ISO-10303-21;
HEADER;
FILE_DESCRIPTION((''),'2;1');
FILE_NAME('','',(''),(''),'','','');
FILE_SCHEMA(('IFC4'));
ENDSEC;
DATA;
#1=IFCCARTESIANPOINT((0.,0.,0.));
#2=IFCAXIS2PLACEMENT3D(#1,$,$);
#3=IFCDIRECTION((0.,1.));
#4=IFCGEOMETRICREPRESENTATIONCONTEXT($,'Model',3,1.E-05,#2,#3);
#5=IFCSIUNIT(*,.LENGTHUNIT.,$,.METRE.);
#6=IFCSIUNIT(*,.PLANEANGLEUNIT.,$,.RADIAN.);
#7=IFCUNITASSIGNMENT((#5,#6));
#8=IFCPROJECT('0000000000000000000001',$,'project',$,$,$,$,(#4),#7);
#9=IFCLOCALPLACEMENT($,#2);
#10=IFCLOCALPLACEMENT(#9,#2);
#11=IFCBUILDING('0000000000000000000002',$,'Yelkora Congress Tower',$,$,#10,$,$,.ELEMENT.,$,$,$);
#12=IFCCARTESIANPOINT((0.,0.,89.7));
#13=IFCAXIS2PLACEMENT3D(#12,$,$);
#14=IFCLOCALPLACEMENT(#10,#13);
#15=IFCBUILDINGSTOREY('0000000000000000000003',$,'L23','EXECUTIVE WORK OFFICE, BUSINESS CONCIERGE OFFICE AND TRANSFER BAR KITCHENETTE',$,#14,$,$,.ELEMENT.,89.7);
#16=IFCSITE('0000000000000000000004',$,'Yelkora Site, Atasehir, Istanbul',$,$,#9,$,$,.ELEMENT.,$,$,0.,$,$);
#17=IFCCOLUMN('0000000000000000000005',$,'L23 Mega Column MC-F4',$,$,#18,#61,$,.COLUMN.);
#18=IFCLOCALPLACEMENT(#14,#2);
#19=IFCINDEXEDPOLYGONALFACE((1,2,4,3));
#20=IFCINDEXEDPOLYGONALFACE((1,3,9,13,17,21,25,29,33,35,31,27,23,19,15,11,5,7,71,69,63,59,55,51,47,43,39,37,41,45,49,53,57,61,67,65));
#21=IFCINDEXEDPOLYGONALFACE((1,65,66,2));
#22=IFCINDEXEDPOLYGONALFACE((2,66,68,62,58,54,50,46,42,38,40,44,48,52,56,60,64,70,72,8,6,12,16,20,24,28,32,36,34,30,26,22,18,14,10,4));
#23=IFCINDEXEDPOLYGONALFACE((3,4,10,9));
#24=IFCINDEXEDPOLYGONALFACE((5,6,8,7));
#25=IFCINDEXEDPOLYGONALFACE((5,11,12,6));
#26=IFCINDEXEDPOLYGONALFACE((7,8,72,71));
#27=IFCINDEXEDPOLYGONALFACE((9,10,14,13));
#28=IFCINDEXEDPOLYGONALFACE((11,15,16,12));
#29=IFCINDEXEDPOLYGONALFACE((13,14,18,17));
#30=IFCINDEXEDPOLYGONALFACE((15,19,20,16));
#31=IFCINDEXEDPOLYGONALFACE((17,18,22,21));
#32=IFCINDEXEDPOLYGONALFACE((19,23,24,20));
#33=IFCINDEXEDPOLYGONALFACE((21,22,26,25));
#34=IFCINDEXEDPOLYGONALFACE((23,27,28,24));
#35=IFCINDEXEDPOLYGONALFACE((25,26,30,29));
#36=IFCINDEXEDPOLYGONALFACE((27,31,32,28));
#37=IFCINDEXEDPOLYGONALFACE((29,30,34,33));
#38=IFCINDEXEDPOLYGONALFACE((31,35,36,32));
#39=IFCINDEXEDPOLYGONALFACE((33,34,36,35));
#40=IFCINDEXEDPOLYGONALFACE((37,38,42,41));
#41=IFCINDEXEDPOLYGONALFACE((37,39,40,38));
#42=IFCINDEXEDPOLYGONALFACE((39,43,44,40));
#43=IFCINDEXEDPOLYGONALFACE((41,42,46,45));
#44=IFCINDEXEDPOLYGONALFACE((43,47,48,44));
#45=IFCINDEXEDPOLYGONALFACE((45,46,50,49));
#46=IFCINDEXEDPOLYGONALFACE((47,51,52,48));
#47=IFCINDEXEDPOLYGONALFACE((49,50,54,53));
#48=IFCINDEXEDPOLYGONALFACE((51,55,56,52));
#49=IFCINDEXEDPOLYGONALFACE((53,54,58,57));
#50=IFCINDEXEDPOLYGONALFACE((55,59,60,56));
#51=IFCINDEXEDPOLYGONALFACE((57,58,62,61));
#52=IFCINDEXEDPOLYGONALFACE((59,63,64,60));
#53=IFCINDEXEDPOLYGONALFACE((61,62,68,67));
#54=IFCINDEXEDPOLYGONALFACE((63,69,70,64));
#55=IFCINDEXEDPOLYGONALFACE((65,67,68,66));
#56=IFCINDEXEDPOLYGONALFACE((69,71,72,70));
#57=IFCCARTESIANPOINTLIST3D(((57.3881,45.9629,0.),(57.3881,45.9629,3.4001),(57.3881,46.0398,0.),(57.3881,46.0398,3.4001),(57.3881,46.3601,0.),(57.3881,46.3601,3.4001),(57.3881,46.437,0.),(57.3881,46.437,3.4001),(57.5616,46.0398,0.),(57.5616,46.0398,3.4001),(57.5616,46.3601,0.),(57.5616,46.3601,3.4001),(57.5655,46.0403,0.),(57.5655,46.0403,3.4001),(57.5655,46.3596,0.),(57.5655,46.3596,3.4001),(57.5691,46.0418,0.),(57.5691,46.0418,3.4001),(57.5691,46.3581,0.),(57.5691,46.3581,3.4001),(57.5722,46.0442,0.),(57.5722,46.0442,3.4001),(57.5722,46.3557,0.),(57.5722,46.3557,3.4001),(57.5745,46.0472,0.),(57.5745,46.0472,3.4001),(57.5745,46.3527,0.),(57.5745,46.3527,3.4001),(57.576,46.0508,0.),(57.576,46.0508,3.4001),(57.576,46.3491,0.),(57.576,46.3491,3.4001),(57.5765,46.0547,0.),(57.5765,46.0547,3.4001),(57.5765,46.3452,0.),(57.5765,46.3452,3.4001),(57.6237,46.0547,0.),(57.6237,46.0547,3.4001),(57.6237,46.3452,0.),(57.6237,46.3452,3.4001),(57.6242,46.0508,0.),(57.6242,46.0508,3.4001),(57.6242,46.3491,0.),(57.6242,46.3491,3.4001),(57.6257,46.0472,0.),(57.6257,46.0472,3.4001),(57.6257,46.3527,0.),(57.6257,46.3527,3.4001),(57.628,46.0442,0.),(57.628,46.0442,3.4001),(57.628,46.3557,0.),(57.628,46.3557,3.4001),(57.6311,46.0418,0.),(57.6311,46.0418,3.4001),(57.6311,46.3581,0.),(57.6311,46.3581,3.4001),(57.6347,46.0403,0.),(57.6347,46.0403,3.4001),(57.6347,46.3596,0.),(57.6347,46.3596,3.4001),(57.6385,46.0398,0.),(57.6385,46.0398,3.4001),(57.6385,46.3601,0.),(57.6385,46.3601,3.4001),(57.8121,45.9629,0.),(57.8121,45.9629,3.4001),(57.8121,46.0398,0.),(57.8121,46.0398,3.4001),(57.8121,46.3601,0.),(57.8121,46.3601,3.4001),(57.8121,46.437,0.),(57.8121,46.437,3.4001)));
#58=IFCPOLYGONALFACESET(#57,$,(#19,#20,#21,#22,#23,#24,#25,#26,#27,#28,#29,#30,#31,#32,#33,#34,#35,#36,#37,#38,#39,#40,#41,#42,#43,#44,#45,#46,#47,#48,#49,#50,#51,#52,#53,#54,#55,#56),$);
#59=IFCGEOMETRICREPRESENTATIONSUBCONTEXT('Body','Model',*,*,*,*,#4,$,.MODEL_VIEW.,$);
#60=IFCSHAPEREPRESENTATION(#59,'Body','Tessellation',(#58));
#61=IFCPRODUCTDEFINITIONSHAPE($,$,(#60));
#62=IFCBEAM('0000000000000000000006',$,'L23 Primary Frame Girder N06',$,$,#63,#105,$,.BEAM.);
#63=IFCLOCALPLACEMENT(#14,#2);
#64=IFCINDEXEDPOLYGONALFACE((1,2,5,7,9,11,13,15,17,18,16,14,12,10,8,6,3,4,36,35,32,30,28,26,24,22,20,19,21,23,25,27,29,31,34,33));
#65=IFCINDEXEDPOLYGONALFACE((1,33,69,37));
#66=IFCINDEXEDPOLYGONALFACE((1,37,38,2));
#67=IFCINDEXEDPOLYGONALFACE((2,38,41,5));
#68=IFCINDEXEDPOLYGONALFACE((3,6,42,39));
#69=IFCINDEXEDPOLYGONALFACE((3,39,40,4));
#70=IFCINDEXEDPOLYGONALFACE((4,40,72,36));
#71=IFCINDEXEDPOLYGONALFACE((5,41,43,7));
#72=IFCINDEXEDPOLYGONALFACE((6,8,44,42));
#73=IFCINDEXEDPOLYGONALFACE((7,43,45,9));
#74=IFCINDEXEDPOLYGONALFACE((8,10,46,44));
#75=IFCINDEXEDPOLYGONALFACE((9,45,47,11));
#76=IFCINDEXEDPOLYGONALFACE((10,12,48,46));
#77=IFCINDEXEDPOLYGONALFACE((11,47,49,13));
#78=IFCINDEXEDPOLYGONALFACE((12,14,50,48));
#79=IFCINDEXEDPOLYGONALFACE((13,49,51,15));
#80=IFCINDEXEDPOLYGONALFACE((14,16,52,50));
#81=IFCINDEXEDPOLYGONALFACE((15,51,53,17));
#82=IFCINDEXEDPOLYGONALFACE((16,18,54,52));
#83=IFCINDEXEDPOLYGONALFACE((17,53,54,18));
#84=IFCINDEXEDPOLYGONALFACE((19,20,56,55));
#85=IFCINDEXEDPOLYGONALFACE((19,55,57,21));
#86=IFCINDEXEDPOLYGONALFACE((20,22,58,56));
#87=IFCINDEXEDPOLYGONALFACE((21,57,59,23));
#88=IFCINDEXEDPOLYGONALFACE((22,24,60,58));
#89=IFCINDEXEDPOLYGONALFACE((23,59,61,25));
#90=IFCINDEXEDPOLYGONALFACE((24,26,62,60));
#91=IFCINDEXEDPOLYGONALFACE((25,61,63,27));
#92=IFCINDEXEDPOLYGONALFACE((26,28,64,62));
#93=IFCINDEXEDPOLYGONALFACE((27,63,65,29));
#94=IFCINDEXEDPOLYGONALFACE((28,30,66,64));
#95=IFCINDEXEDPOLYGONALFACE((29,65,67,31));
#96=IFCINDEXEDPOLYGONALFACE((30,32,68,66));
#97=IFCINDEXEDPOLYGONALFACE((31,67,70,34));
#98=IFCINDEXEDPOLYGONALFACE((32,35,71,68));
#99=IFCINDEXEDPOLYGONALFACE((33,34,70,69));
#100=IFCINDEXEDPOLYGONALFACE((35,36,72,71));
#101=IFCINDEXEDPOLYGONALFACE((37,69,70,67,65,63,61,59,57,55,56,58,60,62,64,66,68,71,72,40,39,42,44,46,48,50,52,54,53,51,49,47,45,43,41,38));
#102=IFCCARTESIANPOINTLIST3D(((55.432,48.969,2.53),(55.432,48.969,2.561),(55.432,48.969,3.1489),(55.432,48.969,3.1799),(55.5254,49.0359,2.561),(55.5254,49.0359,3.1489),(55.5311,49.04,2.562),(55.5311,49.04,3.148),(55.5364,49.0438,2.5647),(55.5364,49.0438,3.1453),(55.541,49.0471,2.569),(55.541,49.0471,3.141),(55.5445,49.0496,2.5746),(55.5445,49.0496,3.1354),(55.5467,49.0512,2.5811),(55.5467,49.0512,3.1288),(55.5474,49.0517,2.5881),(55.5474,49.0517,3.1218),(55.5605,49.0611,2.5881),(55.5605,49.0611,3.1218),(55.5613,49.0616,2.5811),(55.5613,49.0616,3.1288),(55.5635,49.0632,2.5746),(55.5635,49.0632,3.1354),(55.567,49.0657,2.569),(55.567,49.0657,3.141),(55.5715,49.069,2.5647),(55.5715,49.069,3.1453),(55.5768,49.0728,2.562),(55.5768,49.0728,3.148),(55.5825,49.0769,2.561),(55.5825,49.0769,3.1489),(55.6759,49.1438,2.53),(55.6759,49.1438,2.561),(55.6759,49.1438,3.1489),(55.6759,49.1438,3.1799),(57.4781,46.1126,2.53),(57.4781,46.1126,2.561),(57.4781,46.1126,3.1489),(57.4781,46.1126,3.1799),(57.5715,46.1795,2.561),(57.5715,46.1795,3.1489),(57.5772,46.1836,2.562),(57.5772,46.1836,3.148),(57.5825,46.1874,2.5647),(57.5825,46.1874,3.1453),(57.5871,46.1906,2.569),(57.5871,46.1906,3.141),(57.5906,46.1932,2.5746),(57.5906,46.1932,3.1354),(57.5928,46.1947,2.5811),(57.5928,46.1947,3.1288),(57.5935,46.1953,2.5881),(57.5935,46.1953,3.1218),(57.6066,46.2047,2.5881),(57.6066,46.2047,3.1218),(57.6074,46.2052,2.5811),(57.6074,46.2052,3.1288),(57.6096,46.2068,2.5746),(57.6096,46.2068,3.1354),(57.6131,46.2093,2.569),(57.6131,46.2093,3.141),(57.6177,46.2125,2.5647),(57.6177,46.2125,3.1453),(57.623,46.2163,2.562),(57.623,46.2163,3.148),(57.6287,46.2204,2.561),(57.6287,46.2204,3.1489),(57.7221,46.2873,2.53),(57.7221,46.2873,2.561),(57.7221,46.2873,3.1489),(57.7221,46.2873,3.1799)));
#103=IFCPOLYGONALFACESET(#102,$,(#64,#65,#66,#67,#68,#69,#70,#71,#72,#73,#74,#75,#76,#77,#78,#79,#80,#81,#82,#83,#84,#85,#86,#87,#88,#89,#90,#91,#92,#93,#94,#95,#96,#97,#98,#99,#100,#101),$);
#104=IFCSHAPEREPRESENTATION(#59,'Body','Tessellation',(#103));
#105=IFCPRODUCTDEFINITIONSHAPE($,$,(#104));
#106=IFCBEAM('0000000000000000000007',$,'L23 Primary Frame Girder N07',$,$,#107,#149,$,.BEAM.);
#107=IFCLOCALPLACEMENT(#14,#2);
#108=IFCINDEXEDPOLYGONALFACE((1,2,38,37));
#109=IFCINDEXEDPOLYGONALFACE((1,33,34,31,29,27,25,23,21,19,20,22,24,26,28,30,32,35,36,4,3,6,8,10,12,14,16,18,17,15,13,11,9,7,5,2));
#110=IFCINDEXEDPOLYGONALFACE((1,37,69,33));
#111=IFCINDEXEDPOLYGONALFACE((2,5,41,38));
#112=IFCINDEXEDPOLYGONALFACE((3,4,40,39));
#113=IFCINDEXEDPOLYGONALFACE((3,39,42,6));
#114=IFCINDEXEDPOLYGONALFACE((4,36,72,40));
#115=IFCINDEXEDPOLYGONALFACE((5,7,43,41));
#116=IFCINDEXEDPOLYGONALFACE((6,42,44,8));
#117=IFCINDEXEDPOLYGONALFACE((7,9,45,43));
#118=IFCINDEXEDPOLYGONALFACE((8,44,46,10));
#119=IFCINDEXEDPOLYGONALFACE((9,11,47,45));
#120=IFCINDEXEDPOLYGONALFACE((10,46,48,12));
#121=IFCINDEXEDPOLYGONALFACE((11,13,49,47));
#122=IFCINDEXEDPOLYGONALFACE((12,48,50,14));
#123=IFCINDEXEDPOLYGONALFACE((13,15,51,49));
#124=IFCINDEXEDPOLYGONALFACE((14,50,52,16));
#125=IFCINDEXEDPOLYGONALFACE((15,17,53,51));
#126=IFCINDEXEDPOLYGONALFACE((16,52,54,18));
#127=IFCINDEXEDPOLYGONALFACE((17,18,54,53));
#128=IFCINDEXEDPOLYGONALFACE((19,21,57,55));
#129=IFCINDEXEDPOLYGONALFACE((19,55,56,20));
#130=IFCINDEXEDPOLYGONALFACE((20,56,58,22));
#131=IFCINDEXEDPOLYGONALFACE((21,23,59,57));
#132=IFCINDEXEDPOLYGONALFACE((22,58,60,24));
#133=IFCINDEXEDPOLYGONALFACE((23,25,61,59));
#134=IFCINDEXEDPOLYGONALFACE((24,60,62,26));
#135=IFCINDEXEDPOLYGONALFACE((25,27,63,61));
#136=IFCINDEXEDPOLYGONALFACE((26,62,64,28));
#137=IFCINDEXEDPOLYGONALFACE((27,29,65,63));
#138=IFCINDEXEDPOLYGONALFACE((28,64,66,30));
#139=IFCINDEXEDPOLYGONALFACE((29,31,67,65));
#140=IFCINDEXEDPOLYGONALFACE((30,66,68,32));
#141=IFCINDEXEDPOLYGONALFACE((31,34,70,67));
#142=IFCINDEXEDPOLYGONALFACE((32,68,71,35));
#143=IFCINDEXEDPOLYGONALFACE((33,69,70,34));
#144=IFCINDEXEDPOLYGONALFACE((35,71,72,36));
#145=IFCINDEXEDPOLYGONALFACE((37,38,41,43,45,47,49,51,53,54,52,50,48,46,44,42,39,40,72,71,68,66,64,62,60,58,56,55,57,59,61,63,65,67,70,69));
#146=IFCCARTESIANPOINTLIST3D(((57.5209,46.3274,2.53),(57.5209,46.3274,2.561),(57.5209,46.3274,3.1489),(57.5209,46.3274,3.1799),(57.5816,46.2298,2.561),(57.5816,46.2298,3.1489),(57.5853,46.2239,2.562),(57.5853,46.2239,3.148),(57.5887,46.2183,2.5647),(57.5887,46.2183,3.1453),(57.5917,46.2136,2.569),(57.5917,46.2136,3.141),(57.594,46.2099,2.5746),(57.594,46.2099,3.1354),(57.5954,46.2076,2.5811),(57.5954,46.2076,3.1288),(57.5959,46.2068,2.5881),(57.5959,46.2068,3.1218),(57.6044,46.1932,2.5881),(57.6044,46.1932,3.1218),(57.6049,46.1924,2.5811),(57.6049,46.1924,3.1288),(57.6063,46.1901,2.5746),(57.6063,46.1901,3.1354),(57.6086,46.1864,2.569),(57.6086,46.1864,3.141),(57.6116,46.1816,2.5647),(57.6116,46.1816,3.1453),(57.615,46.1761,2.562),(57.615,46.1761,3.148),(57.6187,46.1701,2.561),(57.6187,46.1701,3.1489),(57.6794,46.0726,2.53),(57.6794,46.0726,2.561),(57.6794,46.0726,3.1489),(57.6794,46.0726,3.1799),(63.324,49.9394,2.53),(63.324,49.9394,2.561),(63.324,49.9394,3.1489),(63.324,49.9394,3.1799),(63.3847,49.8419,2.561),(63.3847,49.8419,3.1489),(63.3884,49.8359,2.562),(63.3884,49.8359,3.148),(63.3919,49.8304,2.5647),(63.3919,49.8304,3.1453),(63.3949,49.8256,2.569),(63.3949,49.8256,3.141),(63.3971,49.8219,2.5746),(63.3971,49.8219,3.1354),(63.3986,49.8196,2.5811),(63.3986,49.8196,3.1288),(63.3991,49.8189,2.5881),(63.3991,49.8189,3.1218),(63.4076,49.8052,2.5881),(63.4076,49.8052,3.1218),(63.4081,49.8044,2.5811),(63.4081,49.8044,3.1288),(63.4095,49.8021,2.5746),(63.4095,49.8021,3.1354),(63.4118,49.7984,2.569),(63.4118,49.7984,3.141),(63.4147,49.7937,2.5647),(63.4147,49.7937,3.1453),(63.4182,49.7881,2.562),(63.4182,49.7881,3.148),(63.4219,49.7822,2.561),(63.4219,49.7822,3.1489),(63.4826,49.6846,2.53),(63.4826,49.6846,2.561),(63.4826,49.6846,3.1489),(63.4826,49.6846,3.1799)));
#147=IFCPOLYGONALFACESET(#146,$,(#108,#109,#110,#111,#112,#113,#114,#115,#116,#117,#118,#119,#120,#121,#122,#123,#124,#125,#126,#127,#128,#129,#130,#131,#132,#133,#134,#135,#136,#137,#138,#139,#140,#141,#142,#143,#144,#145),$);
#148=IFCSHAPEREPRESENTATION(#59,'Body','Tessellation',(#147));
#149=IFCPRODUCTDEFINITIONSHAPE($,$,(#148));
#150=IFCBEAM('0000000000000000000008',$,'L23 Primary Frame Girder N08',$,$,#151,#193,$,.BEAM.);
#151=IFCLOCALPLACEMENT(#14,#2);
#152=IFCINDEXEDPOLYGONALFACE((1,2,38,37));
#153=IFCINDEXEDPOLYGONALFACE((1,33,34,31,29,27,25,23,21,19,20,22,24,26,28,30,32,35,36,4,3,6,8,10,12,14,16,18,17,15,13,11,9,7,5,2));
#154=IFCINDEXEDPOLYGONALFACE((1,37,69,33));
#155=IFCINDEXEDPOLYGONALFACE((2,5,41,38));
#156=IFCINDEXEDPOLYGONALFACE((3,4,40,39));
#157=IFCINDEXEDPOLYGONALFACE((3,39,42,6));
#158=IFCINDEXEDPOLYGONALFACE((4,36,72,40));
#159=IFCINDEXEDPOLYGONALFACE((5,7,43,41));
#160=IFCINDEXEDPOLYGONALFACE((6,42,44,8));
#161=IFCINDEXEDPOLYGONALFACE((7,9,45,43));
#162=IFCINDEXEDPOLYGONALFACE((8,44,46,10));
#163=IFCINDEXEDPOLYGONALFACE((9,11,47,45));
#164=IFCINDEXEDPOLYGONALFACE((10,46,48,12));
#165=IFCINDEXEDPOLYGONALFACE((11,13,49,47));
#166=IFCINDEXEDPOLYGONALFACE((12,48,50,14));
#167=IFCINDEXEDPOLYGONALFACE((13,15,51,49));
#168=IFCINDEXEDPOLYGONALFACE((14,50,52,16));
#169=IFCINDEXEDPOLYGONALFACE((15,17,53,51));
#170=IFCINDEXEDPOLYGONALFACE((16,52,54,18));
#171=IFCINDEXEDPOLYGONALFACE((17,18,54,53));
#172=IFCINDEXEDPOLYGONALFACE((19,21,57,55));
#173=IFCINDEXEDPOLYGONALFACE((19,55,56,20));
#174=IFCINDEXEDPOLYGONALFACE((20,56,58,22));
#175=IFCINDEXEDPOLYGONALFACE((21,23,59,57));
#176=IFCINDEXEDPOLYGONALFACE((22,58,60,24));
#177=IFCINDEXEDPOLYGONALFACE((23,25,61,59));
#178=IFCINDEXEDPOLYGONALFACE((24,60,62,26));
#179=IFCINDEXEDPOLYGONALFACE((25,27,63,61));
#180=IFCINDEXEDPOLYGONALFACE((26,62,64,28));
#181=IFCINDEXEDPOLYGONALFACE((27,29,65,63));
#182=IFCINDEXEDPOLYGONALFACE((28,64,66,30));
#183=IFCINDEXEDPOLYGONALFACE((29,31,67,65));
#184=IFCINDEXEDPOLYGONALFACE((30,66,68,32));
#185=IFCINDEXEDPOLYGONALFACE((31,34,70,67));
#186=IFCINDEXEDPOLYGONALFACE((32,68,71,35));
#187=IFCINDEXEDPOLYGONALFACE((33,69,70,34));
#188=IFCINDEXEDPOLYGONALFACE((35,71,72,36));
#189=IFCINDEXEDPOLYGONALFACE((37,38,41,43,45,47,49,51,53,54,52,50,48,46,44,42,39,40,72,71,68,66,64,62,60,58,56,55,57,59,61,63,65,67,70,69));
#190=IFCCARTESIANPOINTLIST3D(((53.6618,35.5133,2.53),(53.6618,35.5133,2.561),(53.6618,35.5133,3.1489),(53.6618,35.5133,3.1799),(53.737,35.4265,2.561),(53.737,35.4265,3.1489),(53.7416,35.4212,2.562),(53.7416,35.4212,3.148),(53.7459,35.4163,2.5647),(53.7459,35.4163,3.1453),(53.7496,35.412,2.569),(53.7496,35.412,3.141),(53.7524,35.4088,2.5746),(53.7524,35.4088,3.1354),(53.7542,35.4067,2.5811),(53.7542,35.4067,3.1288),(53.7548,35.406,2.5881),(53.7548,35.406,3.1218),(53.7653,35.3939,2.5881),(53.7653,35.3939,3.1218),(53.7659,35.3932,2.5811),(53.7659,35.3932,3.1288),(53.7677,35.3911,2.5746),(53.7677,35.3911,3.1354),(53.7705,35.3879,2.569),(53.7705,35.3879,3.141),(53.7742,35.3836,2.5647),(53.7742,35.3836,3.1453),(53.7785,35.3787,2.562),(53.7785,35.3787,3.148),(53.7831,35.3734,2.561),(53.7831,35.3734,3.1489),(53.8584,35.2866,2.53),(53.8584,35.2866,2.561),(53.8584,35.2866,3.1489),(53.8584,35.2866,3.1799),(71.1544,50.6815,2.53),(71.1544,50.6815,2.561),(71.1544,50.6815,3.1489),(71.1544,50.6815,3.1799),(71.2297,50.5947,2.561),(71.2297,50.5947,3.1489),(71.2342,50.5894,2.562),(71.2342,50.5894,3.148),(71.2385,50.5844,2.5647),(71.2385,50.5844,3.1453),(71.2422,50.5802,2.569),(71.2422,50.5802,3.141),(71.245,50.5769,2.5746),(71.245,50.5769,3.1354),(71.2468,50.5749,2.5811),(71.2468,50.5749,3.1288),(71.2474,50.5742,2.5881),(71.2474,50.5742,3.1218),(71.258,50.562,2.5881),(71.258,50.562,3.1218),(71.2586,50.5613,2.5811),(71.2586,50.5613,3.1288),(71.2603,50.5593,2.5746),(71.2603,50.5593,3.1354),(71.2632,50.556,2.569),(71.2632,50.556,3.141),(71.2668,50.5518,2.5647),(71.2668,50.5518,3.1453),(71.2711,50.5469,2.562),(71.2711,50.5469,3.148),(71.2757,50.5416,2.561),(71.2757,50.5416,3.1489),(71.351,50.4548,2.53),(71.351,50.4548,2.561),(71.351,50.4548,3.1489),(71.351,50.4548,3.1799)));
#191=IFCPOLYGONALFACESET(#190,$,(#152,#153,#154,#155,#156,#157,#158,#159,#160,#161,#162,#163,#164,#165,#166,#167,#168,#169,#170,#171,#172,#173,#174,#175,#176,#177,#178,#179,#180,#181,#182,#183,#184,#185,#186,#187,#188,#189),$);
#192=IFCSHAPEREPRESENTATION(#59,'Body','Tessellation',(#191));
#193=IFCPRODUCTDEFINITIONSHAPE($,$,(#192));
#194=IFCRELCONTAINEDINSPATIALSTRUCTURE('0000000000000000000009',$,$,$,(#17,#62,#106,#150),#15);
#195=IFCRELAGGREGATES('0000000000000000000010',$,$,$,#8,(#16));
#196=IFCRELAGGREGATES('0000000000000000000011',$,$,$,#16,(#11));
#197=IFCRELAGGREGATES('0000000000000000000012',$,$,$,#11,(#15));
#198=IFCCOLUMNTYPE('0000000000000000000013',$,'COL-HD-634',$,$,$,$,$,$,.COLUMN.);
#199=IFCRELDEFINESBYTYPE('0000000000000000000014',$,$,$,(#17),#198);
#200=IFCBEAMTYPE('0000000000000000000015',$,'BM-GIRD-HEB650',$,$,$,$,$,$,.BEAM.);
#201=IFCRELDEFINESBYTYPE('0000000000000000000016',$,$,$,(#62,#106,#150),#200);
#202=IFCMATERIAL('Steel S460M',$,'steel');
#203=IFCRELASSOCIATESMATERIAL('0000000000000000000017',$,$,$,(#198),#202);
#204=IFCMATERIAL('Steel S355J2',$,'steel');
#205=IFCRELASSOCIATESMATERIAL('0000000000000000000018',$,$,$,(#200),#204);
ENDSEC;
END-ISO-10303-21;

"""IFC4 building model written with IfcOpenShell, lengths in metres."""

from ifc_helpers import new_model, si_unit, direction, frame, origin, origin_2d, place, context, subcontext, project, spatial, i_section, extrude, material, material_profile, profile_set, type_object, element, save


model = new_model("IFC4")

# Units and contexts
model_context = context("Model", 3, precision=1e-05, world=origin(), true_north=direction((0.0, 1.0)))
body_context = subcontext(model_context, "Body", "Model", "MODEL_VIEW")
ifc_project = project(units=[si_unit("LENGTHUNIT", "METRE"), si_unit("PLANEANGLEUNIT", "RADIAN")], contexts=[model_context])

# Site, building, storey
site_placement = place(None, origin())
site = spatial("IfcSite", under=ifc_project, at=site_placement, Name="Yelkora Site, Atasehir, Istanbul", CompositionType="ELEMENT", RefElevation=0.0)
building_placement = place(site_placement, origin())
building = spatial("IfcBuilding", under=site, at=building_placement, Name="Yelkora Congress Tower", CompositionType="ELEMENT")
storey_placement = place(building_placement, frame((0.0, 0.0, 89.7)))
storey = spatial("IfcBuildingStorey", under=building, at=storey_placement, Name="L23", Description="EXECUTIVE WORK OFFICE, BUSINESS CONCIERGE OFFICE AND TRANSFER BAR KITCHENETTE", CompositionType="ELEMENT", Elevation=89.7)

# Column
ifc_material_1 = material(Name="Steel S460M", Category="steel")
ifc_material_profile_1 = material_profile(ifc_material_1, i_section(OverallWidth=0.4241, OverallDepth=0.4741, WebThickness=0.0471, FlangeThickness=0.0769, FilletRadius=0.0149, at=origin_2d()), Name="HD 400x634")
ifc_profile_set_1 = profile_set([ifc_material_profile_1], Name="Steel S460M")
column_type_1 = type_object("IfcColumnType", Name="COL-HD-634", PredefinedType="COLUMN", material=ifc_profile_set_1)
for number, where, z_axis, x_axis, name in (
    (1, (57.6001, 46.2, 0.0), (0.0, 0.0, 1.0), (1.0, 0.0, 0.0), "L23 Mega Column MC-F4"),
):
    element("IfcColumn", number, at=place(storey_placement, frame(where, z_axis=z_axis, x_axis=x_axis)), inside=storey, type_object=column_type_1, Name=name, PredefinedType="COLUMN", context=body_context, shape_type="SweptSolid", body=[
        extrude(i_section(OverallWidth=0.4241, OverallDepth=0.4741, WebThickness=0.0471, FlangeThickness=0.0769, FilletRadius=0.0149, at=origin_2d()), origin(), (0.0, 0.0, 1.0), 3.4001),
    ])

# Beams
ifc_material_2 = material(Name="Steel S355J2", Category="steel")
ifc_material_profile_2 = material_profile(ifc_material_2, i_section(OverallWidth=0.3, OverallDepth=0.6499, WebThickness=0.0161, FlangeThickness=0.031, FilletRadius=0.0271, at=origin_2d()), Name="HEB 650")
ifc_profile_set_2 = profile_set([ifc_material_profile_2], Name="Steel S355J2")
beam_type_1 = type_object("IfcBeamType", Name="BM-GIRD-HEB650", PredefinedType="BEAM", material=ifc_profile_set_2)
beam_1_placement = place(storey_placement, frame((55.554, 49.0564, 2.855), z_axis=(0.582335, -0.812949, 0.0), x_axis=(0.812949, 0.582335, 0.0)))
element("IfcBeam", 2, at=beam_1_placement, inside=storey, type_object=beam_type_1, Name="L23 Primary Frame Girder N06", PredefinedType="BEAM", context=body_context, shape_type="SweptSolid", body=[
    extrude(i_section(OverallWidth=0.3, OverallDepth=0.6499, WebThickness=0.0161, FlangeThickness=0.031, FilletRadius=0.0271, at=origin_2d()), origin(), (0.0, 0.0, 1.0), 3.5137),
])
beam_2_placement = place(storey_placement, frame((63.4033, 49.812, 2.855), z_axis=(-0.84898, -0.528425, 0.0), x_axis=(0.528425, -0.84898, 0.0)))
element("IfcBeam", 3, at=beam_2_placement, inside=storey, type_object=beam_type_1, Name="L23 Primary Frame Girder N07", PredefinedType="BEAM", context=body_context, shape_type="SweptSolid", body=[
    extrude(i_section(OverallWidth=0.3, OverallDepth=0.6499, WebThickness=0.0161, FlangeThickness=0.031, FilletRadius=0.0271, at=origin_2d()), origin(), (0.0, 0.0, 1.0), 6.8354),
])
beam_3_placement = place(storey_placement, frame((71.2527, 50.5681, 2.855), z_axis=(-0.75552, -0.655125, 0.0), x_axis=(0.655125, -0.75552, 0.0)))
element("IfcBeam", 4, at=beam_3_placement, inside=storey, type_object=beam_type_1, Name="L23 Primary Frame Girder N08", PredefinedType="BEAM", context=body_context, shape_type="SweptSolid", body=[
    extrude(i_section(OverallWidth=0.3, OverallDepth=0.6499, WebThickness=0.0161, FlangeThickness=0.031, FilletRadius=0.0271, at=origin_2d()), origin(), (0.0, 0.0, 1.0), 23.1531),
])

save(model, "model.ifc")
